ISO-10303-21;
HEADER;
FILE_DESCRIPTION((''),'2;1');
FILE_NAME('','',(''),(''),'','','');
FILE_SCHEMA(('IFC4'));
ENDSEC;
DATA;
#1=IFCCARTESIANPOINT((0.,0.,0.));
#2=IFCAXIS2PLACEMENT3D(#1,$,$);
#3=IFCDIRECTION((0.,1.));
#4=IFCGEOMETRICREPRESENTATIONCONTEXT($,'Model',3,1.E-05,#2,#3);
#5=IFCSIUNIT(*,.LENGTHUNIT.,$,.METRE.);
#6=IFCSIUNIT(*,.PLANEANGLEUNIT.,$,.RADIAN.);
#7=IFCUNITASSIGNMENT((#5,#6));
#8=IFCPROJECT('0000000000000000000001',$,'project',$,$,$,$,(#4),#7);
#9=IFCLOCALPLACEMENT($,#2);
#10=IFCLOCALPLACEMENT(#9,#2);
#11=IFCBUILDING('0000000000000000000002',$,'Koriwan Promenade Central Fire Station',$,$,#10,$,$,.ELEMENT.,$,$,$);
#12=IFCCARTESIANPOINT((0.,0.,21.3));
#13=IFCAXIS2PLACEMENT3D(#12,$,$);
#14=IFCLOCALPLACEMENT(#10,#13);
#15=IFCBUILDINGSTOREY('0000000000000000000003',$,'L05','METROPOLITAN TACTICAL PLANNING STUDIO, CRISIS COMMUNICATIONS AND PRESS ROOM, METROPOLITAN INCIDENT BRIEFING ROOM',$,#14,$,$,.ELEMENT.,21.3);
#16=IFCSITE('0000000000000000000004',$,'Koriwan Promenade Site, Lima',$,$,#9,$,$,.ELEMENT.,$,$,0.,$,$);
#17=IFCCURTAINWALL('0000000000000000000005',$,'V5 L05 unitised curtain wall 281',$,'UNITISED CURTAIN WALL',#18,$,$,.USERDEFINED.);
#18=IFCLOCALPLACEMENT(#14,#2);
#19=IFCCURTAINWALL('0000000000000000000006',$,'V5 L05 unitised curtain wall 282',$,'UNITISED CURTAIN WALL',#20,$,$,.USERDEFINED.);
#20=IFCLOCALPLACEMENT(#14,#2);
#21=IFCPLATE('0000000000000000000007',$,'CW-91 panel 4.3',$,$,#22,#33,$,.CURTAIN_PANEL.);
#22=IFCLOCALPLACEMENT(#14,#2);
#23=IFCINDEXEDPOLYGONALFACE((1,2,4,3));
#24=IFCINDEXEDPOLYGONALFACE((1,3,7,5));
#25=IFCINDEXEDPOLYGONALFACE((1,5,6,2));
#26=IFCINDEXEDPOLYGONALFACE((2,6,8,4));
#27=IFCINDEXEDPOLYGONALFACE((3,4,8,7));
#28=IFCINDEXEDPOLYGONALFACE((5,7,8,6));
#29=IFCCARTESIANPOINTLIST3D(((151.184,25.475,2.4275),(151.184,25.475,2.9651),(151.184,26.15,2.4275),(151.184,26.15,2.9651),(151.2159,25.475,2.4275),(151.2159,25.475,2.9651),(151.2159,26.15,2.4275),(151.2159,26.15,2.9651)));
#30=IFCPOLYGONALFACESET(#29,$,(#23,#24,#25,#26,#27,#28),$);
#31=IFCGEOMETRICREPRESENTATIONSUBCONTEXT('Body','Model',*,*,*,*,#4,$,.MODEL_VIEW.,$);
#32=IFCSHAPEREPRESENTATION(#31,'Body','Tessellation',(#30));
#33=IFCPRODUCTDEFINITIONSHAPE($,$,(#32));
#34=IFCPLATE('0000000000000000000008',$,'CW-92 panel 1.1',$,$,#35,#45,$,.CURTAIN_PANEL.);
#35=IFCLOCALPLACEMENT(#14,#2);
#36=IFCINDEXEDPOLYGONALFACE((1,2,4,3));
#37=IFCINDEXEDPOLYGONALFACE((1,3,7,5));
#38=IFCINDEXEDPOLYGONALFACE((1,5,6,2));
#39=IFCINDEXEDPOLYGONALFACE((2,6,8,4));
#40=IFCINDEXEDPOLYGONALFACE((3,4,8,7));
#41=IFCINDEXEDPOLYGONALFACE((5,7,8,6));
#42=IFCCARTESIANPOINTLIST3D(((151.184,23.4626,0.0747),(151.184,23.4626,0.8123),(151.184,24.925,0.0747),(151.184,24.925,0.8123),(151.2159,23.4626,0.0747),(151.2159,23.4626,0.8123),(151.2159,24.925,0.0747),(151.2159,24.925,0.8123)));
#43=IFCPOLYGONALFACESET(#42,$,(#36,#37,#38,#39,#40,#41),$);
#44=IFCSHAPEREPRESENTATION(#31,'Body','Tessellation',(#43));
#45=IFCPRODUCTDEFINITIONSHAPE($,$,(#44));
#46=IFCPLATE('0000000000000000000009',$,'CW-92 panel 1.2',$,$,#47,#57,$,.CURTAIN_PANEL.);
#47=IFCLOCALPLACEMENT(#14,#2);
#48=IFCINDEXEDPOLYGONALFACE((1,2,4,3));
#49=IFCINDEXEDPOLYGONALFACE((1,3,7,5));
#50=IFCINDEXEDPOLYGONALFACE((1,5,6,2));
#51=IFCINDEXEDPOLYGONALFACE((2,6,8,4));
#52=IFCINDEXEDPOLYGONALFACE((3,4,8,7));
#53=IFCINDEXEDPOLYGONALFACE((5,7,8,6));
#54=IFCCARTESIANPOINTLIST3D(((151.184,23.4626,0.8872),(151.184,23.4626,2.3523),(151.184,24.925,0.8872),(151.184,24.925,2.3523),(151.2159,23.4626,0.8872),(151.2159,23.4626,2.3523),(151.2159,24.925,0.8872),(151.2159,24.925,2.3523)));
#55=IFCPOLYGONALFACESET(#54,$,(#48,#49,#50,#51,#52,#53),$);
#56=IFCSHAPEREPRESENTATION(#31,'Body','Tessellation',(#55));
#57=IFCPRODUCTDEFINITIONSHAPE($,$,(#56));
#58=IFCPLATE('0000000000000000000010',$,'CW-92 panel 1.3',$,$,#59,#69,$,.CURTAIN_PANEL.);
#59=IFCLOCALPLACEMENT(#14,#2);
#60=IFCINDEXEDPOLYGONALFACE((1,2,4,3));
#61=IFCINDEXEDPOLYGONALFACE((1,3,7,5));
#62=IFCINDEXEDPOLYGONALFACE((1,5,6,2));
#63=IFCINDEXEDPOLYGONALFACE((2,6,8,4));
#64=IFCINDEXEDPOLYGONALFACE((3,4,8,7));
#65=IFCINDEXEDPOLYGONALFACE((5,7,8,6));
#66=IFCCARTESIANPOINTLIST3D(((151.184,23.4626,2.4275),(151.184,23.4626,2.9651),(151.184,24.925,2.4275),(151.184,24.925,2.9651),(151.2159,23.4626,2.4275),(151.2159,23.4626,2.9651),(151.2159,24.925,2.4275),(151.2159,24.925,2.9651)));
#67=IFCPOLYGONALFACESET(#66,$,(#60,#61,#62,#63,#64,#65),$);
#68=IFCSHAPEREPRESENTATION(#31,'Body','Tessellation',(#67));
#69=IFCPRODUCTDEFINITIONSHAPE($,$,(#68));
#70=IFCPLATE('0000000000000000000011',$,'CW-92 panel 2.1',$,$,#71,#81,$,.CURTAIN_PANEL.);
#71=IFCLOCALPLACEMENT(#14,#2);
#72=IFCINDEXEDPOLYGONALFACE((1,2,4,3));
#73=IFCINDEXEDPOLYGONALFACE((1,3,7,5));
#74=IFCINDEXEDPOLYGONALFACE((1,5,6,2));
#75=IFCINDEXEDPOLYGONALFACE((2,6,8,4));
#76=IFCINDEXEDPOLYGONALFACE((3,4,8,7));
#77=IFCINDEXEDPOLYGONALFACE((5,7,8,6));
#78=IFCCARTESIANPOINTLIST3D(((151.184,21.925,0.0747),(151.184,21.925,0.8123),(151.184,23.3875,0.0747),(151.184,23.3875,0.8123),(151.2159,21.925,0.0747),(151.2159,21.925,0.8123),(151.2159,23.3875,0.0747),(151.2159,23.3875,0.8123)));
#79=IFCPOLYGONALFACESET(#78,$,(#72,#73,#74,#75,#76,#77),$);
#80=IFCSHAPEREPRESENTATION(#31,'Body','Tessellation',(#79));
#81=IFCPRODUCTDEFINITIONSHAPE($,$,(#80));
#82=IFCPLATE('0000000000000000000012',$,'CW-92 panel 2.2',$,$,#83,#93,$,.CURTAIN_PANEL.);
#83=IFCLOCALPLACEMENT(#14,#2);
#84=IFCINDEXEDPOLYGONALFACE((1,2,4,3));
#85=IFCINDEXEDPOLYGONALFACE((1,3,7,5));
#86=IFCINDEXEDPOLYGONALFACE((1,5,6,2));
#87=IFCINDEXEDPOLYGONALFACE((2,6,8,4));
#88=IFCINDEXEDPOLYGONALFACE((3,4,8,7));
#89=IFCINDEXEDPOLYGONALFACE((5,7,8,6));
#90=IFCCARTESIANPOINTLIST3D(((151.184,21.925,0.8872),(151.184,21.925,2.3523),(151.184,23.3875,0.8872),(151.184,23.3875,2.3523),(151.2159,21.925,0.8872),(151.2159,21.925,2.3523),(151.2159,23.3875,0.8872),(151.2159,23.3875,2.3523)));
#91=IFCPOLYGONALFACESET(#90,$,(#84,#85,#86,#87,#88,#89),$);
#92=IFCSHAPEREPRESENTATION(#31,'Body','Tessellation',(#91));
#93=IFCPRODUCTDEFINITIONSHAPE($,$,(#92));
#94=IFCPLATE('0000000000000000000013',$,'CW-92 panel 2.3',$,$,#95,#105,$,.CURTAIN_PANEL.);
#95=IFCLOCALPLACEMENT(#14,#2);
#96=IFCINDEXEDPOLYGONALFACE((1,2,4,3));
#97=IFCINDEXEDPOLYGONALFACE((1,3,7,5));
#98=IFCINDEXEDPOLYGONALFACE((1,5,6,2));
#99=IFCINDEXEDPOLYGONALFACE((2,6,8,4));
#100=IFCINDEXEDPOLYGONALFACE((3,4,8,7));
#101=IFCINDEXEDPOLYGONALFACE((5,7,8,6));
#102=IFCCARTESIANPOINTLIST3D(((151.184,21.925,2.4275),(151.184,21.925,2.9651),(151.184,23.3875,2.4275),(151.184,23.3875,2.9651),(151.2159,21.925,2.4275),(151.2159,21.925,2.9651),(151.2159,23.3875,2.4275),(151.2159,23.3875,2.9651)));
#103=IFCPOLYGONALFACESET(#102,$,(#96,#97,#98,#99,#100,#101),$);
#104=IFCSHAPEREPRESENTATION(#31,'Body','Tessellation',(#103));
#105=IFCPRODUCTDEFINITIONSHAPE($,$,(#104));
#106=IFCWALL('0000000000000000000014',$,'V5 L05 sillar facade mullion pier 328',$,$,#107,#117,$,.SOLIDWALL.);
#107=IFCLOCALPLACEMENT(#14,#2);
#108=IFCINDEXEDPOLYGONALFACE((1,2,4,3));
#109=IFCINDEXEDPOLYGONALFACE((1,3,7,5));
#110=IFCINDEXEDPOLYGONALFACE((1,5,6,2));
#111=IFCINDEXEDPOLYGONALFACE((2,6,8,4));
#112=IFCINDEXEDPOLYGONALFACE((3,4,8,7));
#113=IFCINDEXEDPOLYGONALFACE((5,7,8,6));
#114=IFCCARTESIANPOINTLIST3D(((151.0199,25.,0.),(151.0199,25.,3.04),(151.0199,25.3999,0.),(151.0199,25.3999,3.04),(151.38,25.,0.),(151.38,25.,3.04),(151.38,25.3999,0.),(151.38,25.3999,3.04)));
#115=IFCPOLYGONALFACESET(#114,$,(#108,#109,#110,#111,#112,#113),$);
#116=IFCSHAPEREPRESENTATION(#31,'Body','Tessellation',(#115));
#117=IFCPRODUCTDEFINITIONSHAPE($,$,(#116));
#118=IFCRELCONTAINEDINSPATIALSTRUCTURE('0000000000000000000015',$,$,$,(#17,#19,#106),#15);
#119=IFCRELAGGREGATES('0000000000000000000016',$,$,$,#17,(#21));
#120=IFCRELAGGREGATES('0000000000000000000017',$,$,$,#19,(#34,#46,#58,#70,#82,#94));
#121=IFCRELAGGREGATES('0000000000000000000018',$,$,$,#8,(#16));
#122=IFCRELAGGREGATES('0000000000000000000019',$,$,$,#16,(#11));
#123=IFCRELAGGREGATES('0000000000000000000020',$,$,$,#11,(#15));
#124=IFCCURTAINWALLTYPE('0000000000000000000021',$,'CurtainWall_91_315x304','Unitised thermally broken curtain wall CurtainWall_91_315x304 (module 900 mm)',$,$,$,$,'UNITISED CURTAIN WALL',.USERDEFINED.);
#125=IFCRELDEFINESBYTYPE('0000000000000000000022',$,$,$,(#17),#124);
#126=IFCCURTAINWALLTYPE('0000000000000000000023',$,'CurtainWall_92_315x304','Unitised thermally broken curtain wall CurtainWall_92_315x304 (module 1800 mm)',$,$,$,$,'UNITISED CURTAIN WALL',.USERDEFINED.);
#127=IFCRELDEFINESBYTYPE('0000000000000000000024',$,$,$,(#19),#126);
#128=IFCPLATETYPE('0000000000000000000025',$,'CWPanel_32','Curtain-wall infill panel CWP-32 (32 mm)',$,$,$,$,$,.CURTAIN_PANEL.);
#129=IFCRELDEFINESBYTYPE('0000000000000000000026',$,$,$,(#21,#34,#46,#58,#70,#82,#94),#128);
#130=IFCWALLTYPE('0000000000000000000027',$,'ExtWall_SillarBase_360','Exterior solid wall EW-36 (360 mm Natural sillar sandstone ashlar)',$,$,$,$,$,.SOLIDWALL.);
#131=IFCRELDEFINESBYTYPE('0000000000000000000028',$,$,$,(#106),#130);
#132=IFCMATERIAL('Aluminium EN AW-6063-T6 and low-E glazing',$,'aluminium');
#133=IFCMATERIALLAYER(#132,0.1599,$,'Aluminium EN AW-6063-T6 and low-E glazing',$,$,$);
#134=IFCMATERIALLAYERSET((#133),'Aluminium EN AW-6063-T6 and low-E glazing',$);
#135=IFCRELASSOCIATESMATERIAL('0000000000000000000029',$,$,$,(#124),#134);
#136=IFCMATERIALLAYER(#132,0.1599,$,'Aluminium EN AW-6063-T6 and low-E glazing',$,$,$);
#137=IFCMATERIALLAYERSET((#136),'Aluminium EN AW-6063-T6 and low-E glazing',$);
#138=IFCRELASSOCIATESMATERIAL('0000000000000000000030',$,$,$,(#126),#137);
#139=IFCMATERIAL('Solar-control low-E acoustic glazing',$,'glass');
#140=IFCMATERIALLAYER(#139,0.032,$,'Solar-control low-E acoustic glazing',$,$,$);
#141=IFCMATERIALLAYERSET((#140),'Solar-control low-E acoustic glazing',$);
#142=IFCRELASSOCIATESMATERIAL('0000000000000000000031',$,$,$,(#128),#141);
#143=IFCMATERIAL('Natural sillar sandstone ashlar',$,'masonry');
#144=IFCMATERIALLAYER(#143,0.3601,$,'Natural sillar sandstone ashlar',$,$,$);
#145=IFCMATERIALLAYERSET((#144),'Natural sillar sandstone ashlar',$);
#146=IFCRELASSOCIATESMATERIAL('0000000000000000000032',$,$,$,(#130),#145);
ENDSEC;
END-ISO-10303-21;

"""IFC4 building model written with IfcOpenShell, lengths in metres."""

from ifc_helpers import new_model, si_unit, direction, frame, frame_2d, origin, origin_2d, place, context, subcontext, project, spatial, rectangle, extrude, material, layer, layer_set, type_object, element, aggregate, save


model = new_model("IFC4")

# Units and contexts
model_context = context("Model", 3, precision=1e-05, world=origin(), true_north=direction((0.0, 1.0)))
body_context = subcontext(model_context, "Body", "Model", "MODEL_VIEW")
ifc_project = project(units=[si_unit("LENGTHUNIT", "METRE"), si_unit("PLANEANGLEUNIT", "RADIAN")], contexts=[model_context])

# Site, building, storey
site_placement = place(None, origin())
site = spatial("IfcSite", under=ifc_project, at=site_placement, Name="Koriwan Promenade Site, Lima", CompositionType="ELEMENT", RefElevation=0.0)
building_placement = place(site_placement, origin())
building = spatial("IfcBuilding", under=site, at=building_placement, Name="Koriwan Promenade Central Fire Station", CompositionType="ELEMENT")
storey_placement = place(building_placement, frame((0.0, 0.0, 21.3)))
storey = spatial("IfcBuildingStorey", under=building, at=storey_placement, Name="L05", Description="METROPOLITAN TACTICAL PLANNING STUDIO, CRISIS COMMUNICATIONS AND PRESS ROOM, METROPOLITAN INCIDENT BRIEFING ROOM", CompositionType="ELEMENT", Elevation=21.3)

# Curtain walls
ifc_material_1 = material(Name="Aluminium EN AW-6063-T6 and low-E glazing", Category="aluminium")
ifc_layer_1 = layer(ifc_material_1, 0.1599, Name="Aluminium EN AW-6063-T6 and low-E glazing")
ifc_layer_set_1 = layer_set([ifc_layer_1], Name="Aluminium EN AW-6063-T6 and low-E glazing")
curtain_wall_type_1 = type_object("IfcCurtainWallType", Name="CurtainWall_91_315x304", Description="Unitised thermally broken curtain wall CurtainWall_91_315x304 (module 900 mm)", ElementType="UNITISED CURTAIN WALL", PredefinedType="USERDEFINED", material=ifc_layer_set_1)
curtain_wall_1_placement = place(storey_placement, origin())
curtain_wall_1 = element("IfcCurtainWall", 1, at=curtain_wall_1_placement, inside=storey, type_object=curtain_wall_type_1, Name="V5 L05 unitised curtain wall 281", ObjectType="UNITISED CURTAIN WALL", PredefinedType="USERDEFINED")
ifc_layer_2 = layer(ifc_material_1, 0.1599, Name="Aluminium EN AW-6063-T6 and low-E glazing")
ifc_layer_set_2 = layer_set([ifc_layer_2], Name="Aluminium EN AW-6063-T6 and low-E glazing")
curtain_wall_type_2 = type_object("IfcCurtainWallType", Name="CurtainWall_92_315x304", Description="Unitised thermally broken curtain wall CurtainWall_92_315x304 (module 1800 mm)", ElementType="UNITISED CURTAIN WALL", PredefinedType="USERDEFINED", material=ifc_layer_set_2)
curtain_wall_2_placement = place(storey_placement, origin())
curtain_wall_2 = element("IfcCurtainWall", 2, at=curtain_wall_2_placement, inside=storey, type_object=curtain_wall_type_2, Name="V5 L05 unitised curtain wall 282", ObjectType="UNITISED CURTAIN WALL", PredefinedType="USERDEFINED")

# Plates
ifc_material_2 = material(Name="Solar-control low-E acoustic glazing", Category="glass")
ifc_layer_3 = layer(ifc_material_2, 0.032, Name="Solar-control low-E acoustic glazing")
ifc_layer_set_3 = layer_set([ifc_layer_3], Name="Solar-control low-E acoustic glazing")
plate_type = type_object("IfcPlateType", Name="CWPanel_32", Description="Curtain-wall infill panel CWP-32 (32 mm)", PredefinedType="CURTAIN_PANEL", material=ifc_layer_set_3)
plate_1_placement = place(storey_placement, frame((151.2, 25.8125, 2.4275), z_axis=(0.0, 0.0, 1.0), x_axis=(0.0, -1.0, 0.0)))
plate_1 = element("IfcPlate", 3, at=plate_1_placement, type_object=plate_type, Name="CW-91 panel 4.3", PredefinedType="CURTAIN_PANEL", context=body_context, shape_type="SweptSolid", body=[
    extrude(rectangle(XDim=0.675, YDim=0.032, at=origin_2d()), origin(), (0.0, 0.0, 1.0), 0.5376),
])
aggregate(curtain_wall_1, [plate_1])
plate_2_placement = place(storey_placement, frame((151.2, 24.1938, 0.0747), z_axis=(0.0, 0.0, 1.0), x_axis=(0.0, -1.0, 0.0)))
plate_2 = element("IfcPlate", 4, at=plate_2_placement, type_object=plate_type, Name="CW-92 panel 1.1", PredefinedType="CURTAIN_PANEL", context=body_context, shape_type="SweptSolid", body=[
    extrude(rectangle(XDim=1.4624, YDim=0.032, at=origin_2d()), origin(), (0.0, 0.0, 1.0), 0.7375),
])
plate_3_placement = place(storey_placement, frame((151.2, 24.1938, 0.8872), z_axis=(0.0, 0.0, 1.0), x_axis=(0.0, -1.0, 0.0)))
plate_3 = element("IfcPlate", 5, at=plate_3_placement, type_object=plate_type, Name="CW-92 panel 1.2", PredefinedType="CURTAIN_PANEL", context=body_context, shape_type="SweptSolid", body=[
    extrude(rectangle(XDim=1.4624, YDim=0.032, at=origin_2d()), origin(), (0.0, 0.0, 1.0), 1.4651),
])
plate_4_placement = place(storey_placement, frame((151.2, 24.1938, 2.4275), z_axis=(0.0, 0.0, 1.0), x_axis=(0.0, -1.0, 0.0)))
plate_4 = element("IfcPlate", 6, at=plate_4_placement, type_object=plate_type, Name="CW-92 panel 1.3", PredefinedType="CURTAIN_PANEL", context=body_context, shape_type="SweptSolid", body=[
    extrude(rectangle(XDim=1.4624, YDim=0.032, at=origin_2d()), origin(), (0.0, 0.0, 1.0), 0.5376),
])
plate_5_placement = place(storey_placement, frame((151.2, 22.6562, 0.0747), z_axis=(0.0, 0.0, 1.0), x_axis=(0.0, -1.0, 0.0)))
plate_5 = element("IfcPlate", 7, at=plate_5_placement, type_object=plate_type, Name="CW-92 panel 2.1", PredefinedType="CURTAIN_PANEL", context=body_context, shape_type="SweptSolid", body=[
    extrude(rectangle(XDim=1.4624, YDim=0.032, at=origin_2d()), origin(), (0.0, 0.0, 1.0), 0.7375),
])
plate_6_placement = place(storey_placement, frame((151.2, 22.6562, 0.8872), z_axis=(0.0, 0.0, 1.0), x_axis=(0.0, -1.0, 0.0)))
plate_6 = element("IfcPlate", 8, at=plate_6_placement, type_object=plate_type, Name="CW-92 panel 2.2", PredefinedType="CURTAIN_PANEL", context=body_context, shape_type="SweptSolid", body=[
    extrude(rectangle(XDim=1.4624, YDim=0.032, at=origin_2d()), origin(), (0.0, 0.0, 1.0), 1.4651),
])
plate_7_placement = place(storey_placement, frame((151.2, 22.6562, 2.4275), z_axis=(0.0, 0.0, 1.0), x_axis=(0.0, -1.0, 0.0)))
plate_7 = element("IfcPlate", 9, at=plate_7_placement, type_object=plate_type, Name="CW-92 panel 2.3", PredefinedType="CURTAIN_PANEL", context=body_context, shape_type="SweptSolid", body=[
    extrude(rectangle(XDim=1.4624, YDim=0.032, at=origin_2d()), origin(), (0.0, 0.0, 1.0), 0.5376),
])
aggregate(curtain_wall_2, [plate_2, plate_3, plate_4, plate_5, plate_6, plate_7])

# Wall
ifc_material_3 = material(Name="Natural sillar sandstone ashlar", Category="masonry")
ifc_layer_4 = layer(ifc_material_3, 0.3601, Name="Natural sillar sandstone ashlar")
ifc_layer_set_4 = layer_set([ifc_layer_4], Name="Natural sillar sandstone ashlar")
wall_type = type_object("IfcWallType", Name="ExtWall_SillarBase_360", Description="Exterior solid wall EW-36 (360 mm Natural sillar sandstone ashlar)", PredefinedType="SOLIDWALL", material=ifc_layer_set_4)
wall_placement = place(storey_placement, frame((151.2, 25.3999, 0.0), z_axis=(0.0, 0.0, 1.0), x_axis=(0.0, -1.0, 0.0)))
element("IfcWall", 10, at=wall_placement, inside=storey, type_object=wall_type, Name="V5 L05 sillar facade mullion pier 328", PredefinedType="SOLIDWALL", context=body_context, shape_type="SweptSolid", body=[
    extrude(rectangle(XDim=0.3999, YDim=0.3601, at=frame_2d((0.2, 0.0))), origin(), (0.0, 0.0, 1.0), 3.04),
])

save(model, "model.ifc")
